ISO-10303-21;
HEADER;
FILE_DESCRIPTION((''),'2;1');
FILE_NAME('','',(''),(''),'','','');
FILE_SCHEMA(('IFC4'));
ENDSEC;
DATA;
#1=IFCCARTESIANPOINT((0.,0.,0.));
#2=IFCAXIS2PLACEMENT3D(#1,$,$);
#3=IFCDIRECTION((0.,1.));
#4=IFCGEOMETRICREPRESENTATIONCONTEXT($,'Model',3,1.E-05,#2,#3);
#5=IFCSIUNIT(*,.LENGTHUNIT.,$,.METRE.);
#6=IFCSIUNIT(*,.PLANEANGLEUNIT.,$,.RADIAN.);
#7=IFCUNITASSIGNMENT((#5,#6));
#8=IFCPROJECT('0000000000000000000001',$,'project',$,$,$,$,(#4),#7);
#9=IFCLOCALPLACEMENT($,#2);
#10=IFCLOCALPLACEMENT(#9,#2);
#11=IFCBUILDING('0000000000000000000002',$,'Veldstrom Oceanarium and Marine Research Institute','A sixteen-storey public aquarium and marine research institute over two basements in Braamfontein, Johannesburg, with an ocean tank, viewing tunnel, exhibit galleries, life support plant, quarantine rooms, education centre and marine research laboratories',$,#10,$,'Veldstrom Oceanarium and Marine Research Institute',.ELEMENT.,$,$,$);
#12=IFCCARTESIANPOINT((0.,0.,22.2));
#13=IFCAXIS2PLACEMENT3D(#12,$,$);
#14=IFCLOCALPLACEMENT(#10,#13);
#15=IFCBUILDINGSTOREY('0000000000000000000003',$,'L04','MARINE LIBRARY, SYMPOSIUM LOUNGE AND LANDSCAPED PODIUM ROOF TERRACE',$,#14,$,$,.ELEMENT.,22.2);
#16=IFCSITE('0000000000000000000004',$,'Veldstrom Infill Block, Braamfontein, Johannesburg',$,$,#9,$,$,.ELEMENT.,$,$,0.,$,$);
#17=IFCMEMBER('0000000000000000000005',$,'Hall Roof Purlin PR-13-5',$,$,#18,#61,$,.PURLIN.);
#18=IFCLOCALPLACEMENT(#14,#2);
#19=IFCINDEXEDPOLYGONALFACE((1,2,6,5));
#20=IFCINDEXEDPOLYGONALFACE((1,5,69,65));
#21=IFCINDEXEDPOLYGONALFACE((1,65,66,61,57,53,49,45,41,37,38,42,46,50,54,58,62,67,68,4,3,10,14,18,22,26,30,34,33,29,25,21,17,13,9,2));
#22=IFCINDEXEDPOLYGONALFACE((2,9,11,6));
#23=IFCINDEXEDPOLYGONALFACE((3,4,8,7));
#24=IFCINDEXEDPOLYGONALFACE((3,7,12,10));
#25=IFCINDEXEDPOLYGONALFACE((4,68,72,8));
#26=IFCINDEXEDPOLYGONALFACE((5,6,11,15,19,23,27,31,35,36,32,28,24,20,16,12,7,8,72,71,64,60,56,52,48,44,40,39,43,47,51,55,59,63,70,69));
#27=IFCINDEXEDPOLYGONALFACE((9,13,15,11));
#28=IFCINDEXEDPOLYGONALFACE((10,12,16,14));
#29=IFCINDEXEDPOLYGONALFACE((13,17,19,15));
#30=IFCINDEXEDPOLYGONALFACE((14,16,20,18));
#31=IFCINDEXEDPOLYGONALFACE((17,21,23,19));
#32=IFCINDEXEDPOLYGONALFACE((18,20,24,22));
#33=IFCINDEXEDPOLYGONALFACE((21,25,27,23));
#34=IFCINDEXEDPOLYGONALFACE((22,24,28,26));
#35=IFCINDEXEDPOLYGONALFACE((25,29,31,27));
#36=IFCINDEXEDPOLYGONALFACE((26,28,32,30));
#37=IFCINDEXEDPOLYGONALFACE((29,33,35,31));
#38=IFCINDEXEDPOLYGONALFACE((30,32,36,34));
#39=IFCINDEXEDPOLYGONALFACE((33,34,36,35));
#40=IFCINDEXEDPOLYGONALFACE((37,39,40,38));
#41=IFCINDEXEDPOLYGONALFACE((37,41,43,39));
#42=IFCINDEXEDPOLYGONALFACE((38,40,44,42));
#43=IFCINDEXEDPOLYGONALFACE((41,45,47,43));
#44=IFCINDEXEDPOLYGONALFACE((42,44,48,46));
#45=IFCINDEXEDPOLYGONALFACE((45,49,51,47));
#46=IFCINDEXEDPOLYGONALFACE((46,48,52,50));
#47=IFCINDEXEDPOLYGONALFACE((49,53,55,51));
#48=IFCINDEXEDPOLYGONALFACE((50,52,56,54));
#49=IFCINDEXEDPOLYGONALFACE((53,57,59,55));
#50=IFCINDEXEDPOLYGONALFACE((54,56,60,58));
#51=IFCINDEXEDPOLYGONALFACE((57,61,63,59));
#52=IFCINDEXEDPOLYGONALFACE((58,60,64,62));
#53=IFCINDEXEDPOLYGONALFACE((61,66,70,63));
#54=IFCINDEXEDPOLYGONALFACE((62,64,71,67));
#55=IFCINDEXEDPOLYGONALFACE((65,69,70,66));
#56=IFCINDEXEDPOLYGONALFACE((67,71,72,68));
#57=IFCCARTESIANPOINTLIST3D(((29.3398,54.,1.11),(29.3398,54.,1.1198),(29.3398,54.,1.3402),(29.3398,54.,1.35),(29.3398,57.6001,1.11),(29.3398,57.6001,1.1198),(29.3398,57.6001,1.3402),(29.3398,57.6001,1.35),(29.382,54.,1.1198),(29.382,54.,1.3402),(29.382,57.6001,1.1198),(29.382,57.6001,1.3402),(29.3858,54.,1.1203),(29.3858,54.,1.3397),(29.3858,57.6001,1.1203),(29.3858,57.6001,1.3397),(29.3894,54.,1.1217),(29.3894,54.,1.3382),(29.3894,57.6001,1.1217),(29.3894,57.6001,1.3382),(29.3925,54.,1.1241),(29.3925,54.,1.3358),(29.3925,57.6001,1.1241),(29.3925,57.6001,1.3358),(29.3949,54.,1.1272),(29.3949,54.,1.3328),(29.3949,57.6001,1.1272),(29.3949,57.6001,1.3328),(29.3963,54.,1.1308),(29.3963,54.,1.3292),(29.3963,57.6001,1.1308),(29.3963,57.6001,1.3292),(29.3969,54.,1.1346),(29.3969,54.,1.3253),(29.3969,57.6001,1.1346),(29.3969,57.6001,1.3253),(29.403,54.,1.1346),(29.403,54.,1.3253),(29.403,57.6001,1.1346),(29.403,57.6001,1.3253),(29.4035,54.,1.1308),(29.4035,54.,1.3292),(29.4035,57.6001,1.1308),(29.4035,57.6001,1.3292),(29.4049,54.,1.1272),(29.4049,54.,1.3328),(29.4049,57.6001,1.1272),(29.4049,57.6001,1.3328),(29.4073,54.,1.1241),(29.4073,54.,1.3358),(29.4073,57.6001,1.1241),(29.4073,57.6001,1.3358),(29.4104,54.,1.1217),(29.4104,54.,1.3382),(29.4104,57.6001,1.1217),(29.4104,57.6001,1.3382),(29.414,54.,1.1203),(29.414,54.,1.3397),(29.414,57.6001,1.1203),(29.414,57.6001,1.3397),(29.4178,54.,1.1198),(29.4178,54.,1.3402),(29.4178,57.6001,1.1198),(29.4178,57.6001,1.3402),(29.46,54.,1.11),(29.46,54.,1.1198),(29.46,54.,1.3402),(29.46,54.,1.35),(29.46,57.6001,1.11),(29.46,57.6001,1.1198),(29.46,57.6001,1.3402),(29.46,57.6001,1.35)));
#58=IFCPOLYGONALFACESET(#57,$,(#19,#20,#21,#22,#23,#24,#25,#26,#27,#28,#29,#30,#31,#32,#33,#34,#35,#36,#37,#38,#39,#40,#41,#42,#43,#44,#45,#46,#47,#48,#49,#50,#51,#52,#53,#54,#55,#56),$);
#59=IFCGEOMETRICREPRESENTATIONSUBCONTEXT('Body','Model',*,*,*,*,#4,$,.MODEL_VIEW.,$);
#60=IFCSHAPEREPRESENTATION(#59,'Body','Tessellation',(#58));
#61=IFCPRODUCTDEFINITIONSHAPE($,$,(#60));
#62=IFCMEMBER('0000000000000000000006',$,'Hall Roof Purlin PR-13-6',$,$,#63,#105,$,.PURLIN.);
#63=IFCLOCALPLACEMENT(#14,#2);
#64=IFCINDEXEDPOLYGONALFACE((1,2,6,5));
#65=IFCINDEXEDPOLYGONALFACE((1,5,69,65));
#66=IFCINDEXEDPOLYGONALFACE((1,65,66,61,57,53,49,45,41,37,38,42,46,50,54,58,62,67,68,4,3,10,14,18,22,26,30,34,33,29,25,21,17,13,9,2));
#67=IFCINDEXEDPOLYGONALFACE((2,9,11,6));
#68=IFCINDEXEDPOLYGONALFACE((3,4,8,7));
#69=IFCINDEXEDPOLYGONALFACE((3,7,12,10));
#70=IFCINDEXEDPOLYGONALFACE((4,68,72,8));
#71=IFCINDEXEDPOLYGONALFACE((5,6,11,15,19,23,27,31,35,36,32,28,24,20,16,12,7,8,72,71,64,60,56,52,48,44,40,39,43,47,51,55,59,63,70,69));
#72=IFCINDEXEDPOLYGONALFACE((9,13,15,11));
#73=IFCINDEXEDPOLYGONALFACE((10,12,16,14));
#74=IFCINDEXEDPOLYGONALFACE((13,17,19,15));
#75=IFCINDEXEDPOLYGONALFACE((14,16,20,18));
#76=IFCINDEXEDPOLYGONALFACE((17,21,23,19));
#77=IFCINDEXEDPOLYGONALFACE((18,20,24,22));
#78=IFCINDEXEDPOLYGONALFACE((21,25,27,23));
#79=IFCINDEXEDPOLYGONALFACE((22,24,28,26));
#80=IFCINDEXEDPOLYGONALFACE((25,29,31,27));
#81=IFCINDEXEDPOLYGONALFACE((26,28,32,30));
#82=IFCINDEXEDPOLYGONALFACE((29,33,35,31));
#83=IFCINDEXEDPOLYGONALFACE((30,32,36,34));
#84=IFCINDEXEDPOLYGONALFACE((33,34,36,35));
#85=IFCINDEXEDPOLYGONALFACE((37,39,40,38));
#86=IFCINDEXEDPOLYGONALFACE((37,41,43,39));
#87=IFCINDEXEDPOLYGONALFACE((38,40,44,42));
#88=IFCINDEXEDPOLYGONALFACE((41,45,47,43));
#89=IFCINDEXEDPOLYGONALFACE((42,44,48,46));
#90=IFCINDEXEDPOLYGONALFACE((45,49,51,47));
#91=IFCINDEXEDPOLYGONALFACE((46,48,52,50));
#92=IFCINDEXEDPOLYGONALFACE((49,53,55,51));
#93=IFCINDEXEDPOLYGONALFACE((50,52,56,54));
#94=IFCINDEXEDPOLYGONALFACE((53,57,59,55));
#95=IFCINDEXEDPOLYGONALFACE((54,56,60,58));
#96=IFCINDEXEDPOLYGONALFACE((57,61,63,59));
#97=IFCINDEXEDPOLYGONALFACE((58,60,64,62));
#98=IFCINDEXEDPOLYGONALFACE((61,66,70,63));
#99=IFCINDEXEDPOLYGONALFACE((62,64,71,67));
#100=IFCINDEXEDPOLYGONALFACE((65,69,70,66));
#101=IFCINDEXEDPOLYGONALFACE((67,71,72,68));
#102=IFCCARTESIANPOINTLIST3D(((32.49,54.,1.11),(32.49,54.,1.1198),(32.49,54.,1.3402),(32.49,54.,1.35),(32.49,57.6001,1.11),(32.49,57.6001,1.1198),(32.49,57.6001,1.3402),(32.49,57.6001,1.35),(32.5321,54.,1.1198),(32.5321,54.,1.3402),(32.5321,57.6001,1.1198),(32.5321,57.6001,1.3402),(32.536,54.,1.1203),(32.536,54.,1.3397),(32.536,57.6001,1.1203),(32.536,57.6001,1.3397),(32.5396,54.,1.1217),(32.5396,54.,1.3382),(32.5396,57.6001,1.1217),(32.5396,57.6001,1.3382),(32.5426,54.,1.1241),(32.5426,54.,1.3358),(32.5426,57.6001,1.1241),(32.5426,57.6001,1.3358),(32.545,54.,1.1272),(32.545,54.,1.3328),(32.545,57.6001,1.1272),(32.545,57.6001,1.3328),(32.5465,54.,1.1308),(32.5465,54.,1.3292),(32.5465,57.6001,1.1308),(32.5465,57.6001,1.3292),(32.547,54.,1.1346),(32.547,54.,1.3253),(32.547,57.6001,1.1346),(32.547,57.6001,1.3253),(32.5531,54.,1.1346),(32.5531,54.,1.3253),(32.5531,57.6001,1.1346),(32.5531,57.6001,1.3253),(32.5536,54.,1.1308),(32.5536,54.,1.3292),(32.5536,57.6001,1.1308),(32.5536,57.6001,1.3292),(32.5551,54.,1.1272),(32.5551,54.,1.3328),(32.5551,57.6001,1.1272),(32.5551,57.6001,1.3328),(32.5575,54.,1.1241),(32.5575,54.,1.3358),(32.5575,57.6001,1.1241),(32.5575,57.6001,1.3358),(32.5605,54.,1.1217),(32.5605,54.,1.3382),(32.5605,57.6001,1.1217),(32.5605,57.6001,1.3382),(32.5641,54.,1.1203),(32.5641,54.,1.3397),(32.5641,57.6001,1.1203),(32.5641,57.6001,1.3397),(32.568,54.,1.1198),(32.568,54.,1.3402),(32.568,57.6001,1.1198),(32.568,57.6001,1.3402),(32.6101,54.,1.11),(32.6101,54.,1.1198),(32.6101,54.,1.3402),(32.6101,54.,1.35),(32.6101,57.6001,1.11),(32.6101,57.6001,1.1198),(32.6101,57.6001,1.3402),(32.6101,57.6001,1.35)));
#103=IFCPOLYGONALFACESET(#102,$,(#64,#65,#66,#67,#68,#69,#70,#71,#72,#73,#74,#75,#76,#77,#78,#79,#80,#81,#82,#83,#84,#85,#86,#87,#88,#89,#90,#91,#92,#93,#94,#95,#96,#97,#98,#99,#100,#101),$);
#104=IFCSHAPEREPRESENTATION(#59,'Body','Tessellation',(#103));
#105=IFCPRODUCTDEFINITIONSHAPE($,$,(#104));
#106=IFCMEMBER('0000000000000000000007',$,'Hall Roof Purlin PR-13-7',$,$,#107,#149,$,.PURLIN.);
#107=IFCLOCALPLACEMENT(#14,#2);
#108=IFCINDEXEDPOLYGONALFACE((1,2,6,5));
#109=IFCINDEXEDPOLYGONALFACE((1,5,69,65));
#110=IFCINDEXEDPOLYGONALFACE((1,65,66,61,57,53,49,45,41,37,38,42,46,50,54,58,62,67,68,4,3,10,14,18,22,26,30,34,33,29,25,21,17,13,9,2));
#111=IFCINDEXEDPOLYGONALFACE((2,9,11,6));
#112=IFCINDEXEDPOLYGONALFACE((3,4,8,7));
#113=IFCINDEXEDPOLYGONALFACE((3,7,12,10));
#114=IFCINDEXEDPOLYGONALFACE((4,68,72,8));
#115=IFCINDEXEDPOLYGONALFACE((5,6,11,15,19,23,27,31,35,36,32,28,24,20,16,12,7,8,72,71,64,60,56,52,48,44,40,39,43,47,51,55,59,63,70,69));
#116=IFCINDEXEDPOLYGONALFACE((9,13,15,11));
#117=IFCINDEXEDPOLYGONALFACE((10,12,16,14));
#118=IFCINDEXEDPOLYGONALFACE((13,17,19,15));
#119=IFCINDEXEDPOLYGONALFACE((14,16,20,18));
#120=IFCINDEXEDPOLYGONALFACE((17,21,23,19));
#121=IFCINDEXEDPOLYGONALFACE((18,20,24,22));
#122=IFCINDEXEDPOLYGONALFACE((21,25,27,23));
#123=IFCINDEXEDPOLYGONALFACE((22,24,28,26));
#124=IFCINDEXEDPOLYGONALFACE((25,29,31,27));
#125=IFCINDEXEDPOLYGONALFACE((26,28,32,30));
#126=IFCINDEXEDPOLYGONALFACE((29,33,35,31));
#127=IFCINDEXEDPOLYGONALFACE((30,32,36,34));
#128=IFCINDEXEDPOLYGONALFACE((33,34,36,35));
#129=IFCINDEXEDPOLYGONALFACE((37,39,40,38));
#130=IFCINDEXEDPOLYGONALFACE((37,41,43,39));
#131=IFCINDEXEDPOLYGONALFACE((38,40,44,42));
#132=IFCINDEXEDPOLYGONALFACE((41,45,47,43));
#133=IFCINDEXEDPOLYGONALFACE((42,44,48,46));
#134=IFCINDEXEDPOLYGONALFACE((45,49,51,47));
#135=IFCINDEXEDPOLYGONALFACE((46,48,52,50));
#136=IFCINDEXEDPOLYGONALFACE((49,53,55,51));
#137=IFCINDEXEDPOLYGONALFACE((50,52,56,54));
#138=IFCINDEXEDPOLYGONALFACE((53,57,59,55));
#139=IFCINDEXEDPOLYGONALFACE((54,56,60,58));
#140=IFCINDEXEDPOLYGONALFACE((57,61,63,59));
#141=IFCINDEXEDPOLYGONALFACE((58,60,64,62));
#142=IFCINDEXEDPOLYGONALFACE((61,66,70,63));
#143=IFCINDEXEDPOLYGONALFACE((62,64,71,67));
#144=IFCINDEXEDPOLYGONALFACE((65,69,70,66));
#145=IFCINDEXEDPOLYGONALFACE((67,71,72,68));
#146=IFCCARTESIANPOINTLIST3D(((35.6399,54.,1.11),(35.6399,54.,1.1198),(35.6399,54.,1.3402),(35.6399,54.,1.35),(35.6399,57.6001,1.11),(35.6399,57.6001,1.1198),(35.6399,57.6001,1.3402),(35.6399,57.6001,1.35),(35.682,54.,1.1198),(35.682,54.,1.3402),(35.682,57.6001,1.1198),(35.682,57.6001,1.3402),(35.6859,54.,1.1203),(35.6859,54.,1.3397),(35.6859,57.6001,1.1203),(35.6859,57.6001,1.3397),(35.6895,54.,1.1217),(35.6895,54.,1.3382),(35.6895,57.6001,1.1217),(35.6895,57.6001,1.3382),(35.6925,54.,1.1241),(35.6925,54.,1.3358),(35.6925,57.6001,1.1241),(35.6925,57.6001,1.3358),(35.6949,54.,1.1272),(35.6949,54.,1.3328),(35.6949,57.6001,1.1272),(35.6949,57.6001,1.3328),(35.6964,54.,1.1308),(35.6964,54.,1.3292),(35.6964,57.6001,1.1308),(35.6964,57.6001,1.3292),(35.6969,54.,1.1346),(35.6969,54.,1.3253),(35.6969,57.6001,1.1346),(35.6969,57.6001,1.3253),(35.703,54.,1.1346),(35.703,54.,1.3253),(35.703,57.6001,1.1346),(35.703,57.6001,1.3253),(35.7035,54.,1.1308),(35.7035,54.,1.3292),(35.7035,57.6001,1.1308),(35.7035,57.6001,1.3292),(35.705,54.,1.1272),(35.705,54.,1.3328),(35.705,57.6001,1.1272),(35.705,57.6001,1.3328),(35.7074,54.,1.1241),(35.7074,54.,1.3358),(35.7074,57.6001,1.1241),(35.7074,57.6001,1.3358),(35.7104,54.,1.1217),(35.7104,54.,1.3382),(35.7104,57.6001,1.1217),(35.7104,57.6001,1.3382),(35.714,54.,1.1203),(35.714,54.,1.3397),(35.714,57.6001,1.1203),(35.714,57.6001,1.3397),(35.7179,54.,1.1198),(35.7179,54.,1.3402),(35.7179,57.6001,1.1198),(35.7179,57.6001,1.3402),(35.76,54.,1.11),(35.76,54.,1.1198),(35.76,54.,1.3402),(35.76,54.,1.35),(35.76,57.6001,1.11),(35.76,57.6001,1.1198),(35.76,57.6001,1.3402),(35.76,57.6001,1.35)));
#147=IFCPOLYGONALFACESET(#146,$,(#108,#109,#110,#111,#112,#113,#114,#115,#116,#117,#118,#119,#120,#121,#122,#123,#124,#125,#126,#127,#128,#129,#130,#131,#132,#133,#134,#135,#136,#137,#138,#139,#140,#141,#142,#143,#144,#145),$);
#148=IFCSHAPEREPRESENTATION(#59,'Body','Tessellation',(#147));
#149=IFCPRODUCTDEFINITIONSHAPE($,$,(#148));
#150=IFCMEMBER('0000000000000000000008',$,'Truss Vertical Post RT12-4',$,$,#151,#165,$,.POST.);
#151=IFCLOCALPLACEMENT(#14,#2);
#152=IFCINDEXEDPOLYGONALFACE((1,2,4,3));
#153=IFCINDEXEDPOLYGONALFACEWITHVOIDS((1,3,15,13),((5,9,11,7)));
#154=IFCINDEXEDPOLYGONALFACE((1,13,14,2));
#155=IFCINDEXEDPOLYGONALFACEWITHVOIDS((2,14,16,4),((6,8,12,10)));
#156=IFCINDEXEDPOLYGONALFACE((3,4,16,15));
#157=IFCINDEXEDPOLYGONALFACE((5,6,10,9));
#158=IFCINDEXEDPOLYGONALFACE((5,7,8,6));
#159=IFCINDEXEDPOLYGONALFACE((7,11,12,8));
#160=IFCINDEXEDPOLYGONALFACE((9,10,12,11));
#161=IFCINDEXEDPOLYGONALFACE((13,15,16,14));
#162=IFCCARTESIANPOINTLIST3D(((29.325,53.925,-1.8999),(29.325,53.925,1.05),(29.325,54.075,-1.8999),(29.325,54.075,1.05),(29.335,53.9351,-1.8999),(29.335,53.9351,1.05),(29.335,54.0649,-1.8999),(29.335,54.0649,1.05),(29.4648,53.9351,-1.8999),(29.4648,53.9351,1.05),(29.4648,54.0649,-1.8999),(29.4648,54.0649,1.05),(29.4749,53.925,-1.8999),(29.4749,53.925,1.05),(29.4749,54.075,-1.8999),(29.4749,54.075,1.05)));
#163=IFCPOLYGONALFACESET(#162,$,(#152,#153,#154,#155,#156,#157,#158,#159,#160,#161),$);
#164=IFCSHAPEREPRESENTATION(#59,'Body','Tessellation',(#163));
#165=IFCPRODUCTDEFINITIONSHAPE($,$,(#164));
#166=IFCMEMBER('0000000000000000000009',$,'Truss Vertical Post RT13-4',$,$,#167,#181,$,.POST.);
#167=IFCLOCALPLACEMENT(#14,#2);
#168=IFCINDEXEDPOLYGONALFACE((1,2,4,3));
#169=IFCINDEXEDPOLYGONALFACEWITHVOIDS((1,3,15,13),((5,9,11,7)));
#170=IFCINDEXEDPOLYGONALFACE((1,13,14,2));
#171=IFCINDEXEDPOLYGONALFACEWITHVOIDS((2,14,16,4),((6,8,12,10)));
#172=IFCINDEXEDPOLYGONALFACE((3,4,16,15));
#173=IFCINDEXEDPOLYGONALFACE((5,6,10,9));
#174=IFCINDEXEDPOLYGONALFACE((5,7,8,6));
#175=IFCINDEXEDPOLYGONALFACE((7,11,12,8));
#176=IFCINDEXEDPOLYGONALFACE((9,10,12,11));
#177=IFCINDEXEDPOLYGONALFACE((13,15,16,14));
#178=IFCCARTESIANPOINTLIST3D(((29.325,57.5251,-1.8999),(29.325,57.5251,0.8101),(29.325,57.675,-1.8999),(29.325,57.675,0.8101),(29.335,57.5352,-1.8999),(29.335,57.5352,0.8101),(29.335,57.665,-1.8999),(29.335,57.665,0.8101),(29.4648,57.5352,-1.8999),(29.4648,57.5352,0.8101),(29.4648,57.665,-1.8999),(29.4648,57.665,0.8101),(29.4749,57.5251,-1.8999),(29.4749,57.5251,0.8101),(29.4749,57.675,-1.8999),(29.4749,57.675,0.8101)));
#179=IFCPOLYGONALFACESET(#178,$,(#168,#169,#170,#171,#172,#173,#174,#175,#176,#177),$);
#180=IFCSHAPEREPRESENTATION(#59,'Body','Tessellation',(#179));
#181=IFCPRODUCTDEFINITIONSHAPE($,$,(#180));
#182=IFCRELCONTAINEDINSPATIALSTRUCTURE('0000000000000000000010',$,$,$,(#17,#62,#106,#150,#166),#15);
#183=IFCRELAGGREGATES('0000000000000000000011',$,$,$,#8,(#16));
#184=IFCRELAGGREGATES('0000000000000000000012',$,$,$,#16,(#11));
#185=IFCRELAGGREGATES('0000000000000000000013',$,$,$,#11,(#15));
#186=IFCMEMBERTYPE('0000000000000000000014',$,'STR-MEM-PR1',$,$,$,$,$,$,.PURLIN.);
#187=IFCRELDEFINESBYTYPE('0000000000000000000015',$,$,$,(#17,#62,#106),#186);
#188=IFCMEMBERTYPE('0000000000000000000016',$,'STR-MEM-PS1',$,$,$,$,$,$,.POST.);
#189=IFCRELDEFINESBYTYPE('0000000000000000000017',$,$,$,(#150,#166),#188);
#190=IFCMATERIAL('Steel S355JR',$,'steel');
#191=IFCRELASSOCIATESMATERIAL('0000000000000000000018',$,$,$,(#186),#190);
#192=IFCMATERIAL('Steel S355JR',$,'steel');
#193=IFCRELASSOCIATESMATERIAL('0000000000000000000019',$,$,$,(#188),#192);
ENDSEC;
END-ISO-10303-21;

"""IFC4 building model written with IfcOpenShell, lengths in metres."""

from ifc_helpers import new_model, si_unit, direction, frame, origin, origin_2d, place, context, subcontext, project, spatial, hollow_rectangle, i_section, extrude, material, material_profile, profile_set, type_object, element, save


model = new_model("IFC4")

# Units and contexts
model_context = context("Model", 3, precision=1e-05, world=origin(), true_north=direction((0.0, 1.0)))
body_context = subcontext(model_context, "Body", "Model", "MODEL_VIEW")
ifc_project = project(units=[si_unit("LENGTHUNIT", "METRE"), si_unit("PLANEANGLEUNIT", "RADIAN")], contexts=[model_context])

# Site, building, storey
site_placement = place(None, origin())
site = spatial("IfcSite", under=ifc_project, at=site_placement, Name="Veldstrom Infill Block, Braamfontein, Johannesburg", CompositionType="ELEMENT", RefElevation=0.0)
building_placement = place(site_placement, origin())
building = spatial("IfcBuilding", under=site, at=building_placement, Name="Veldstrom Oceanarium and Marine Research Institute", Description="A sixteen-storey public aquarium and marine research institute over two basements in Braamfontein, Johannesburg, with an ocean tank, viewing tunnel, exhibit galleries, life support plant, quarantine rooms, education centre and marine research laboratories", LongName="Veldstrom Oceanarium and Marine Research Institute", CompositionType="ELEMENT")
storey_placement = place(building_placement, frame((0.0, 0.0, 22.2)))
storey = spatial("IfcBuildingStorey", under=building, at=storey_placement, Name="L04", Description="MARINE LIBRARY, SYMPOSIUM LOUNGE AND LANDSCAPED PODIUM ROOF TERRACE", CompositionType="ELEMENT", Elevation=22.2)

# Members
ifc_material_1 = material(Name="Steel S355JR", Category="steel")
ifc_material_profile_1 = material_profile(ifc_material_1, i_section(OverallWidth=0.1201, OverallDepth=0.24, WebThickness=0.0061, FlangeThickness=0.0098, FilletRadius=0.0149, at=origin_2d()), Name="IPE 240")
ifc_profile_set_1 = profile_set([ifc_material_profile_1], Name="Steel S355JR")
member_type_1 = type_object("IfcMemberType", Name="STR-MEM-PR1", PredefinedType="PURLIN", material=ifc_profile_set_1)
for number, where, z_axis, x_axis, name in (
    (1, (29.3999, 54.0, 1.23), (0.0, 1.0, 0.0), (-1.0, 0.0, 0.0), "Hall Roof Purlin PR-13-5"),
    (2, (32.55, 54.0, 1.23), (0.0, 1.0, 0.0), (-1.0, 0.0, 0.0), "Hall Roof Purlin PR-13-6"),
    (3, (35.7, 54.0, 1.23), (0.0, 1.0, 0.0), (-1.0, 0.0, 0.0), "Hall Roof Purlin PR-13-7"),
):
    element("IfcMember", number, at=place(storey_placement, frame(where, z_axis=z_axis, x_axis=x_axis)), inside=storey, type_object=member_type_1, Name=name, PredefinedType="PURLIN", context=body_context, shape_type="SweptSolid", body=[
        extrude(i_section(OverallWidth=0.1201, OverallDepth=0.24, WebThickness=0.0061, FlangeThickness=0.0098, FilletRadius=0.0149, at=origin_2d()), origin(), (0.0, 0.0, 1.0), 3.6001),
    ])
ifc_material_2 = material(Name="Steel S355JR", Category="steel")
ifc_material_profile_2 = material_profile(ifc_material_2, hollow_rectangle(XDim=0.1499, YDim=0.1499, WallThickness=0.01, at=origin_2d()), Name="SHS 150x150x10")
ifc_profile_set_2 = profile_set([ifc_material_profile_2], Name="Steel S355JR")
member_type_2 = type_object("IfcMemberType", Name="STR-MEM-PS1", PredefinedType="POST", material=ifc_profile_set_2)
member_1_placement = place(storey_placement, frame((29.3999, 54.0, -1.8999), z_axis=(0.0, 0.0, 1.0), x_axis=(1.0, 0.0, 0.0)))
element("IfcMember", 4, at=member_1_placement, inside=storey, type_object=member_type_2, Name="Truss Vertical Post RT12-4", PredefinedType="POST", context=body_context, shape_type="SweptSolid", body=[
    extrude(hollow_rectangle(XDim=0.1499, YDim=0.1499, WallThickness=0.01, at=origin_2d()), origin(), (0.0, 0.0, 1.0), 2.95),
])
member_2_placement = place(storey_placement, frame((29.3999, 57.6001, -1.8999), z_axis=(0.0, 0.0, 1.0), x_axis=(1.0, 0.0, 0.0)))
element("IfcMember", 5, at=member_2_placement, inside=storey, type_object=member_type_2, Name="Truss Vertical Post RT13-4", PredefinedType="POST", context=body_context, shape_type="SweptSolid", body=[
    extrude(hollow_rectangle(XDim=0.1499, YDim=0.1499, WallThickness=0.01, at=origin_2d()), origin(), (0.0, 0.0, 1.0), 2.71),
])

save(model, "model.ifc")
